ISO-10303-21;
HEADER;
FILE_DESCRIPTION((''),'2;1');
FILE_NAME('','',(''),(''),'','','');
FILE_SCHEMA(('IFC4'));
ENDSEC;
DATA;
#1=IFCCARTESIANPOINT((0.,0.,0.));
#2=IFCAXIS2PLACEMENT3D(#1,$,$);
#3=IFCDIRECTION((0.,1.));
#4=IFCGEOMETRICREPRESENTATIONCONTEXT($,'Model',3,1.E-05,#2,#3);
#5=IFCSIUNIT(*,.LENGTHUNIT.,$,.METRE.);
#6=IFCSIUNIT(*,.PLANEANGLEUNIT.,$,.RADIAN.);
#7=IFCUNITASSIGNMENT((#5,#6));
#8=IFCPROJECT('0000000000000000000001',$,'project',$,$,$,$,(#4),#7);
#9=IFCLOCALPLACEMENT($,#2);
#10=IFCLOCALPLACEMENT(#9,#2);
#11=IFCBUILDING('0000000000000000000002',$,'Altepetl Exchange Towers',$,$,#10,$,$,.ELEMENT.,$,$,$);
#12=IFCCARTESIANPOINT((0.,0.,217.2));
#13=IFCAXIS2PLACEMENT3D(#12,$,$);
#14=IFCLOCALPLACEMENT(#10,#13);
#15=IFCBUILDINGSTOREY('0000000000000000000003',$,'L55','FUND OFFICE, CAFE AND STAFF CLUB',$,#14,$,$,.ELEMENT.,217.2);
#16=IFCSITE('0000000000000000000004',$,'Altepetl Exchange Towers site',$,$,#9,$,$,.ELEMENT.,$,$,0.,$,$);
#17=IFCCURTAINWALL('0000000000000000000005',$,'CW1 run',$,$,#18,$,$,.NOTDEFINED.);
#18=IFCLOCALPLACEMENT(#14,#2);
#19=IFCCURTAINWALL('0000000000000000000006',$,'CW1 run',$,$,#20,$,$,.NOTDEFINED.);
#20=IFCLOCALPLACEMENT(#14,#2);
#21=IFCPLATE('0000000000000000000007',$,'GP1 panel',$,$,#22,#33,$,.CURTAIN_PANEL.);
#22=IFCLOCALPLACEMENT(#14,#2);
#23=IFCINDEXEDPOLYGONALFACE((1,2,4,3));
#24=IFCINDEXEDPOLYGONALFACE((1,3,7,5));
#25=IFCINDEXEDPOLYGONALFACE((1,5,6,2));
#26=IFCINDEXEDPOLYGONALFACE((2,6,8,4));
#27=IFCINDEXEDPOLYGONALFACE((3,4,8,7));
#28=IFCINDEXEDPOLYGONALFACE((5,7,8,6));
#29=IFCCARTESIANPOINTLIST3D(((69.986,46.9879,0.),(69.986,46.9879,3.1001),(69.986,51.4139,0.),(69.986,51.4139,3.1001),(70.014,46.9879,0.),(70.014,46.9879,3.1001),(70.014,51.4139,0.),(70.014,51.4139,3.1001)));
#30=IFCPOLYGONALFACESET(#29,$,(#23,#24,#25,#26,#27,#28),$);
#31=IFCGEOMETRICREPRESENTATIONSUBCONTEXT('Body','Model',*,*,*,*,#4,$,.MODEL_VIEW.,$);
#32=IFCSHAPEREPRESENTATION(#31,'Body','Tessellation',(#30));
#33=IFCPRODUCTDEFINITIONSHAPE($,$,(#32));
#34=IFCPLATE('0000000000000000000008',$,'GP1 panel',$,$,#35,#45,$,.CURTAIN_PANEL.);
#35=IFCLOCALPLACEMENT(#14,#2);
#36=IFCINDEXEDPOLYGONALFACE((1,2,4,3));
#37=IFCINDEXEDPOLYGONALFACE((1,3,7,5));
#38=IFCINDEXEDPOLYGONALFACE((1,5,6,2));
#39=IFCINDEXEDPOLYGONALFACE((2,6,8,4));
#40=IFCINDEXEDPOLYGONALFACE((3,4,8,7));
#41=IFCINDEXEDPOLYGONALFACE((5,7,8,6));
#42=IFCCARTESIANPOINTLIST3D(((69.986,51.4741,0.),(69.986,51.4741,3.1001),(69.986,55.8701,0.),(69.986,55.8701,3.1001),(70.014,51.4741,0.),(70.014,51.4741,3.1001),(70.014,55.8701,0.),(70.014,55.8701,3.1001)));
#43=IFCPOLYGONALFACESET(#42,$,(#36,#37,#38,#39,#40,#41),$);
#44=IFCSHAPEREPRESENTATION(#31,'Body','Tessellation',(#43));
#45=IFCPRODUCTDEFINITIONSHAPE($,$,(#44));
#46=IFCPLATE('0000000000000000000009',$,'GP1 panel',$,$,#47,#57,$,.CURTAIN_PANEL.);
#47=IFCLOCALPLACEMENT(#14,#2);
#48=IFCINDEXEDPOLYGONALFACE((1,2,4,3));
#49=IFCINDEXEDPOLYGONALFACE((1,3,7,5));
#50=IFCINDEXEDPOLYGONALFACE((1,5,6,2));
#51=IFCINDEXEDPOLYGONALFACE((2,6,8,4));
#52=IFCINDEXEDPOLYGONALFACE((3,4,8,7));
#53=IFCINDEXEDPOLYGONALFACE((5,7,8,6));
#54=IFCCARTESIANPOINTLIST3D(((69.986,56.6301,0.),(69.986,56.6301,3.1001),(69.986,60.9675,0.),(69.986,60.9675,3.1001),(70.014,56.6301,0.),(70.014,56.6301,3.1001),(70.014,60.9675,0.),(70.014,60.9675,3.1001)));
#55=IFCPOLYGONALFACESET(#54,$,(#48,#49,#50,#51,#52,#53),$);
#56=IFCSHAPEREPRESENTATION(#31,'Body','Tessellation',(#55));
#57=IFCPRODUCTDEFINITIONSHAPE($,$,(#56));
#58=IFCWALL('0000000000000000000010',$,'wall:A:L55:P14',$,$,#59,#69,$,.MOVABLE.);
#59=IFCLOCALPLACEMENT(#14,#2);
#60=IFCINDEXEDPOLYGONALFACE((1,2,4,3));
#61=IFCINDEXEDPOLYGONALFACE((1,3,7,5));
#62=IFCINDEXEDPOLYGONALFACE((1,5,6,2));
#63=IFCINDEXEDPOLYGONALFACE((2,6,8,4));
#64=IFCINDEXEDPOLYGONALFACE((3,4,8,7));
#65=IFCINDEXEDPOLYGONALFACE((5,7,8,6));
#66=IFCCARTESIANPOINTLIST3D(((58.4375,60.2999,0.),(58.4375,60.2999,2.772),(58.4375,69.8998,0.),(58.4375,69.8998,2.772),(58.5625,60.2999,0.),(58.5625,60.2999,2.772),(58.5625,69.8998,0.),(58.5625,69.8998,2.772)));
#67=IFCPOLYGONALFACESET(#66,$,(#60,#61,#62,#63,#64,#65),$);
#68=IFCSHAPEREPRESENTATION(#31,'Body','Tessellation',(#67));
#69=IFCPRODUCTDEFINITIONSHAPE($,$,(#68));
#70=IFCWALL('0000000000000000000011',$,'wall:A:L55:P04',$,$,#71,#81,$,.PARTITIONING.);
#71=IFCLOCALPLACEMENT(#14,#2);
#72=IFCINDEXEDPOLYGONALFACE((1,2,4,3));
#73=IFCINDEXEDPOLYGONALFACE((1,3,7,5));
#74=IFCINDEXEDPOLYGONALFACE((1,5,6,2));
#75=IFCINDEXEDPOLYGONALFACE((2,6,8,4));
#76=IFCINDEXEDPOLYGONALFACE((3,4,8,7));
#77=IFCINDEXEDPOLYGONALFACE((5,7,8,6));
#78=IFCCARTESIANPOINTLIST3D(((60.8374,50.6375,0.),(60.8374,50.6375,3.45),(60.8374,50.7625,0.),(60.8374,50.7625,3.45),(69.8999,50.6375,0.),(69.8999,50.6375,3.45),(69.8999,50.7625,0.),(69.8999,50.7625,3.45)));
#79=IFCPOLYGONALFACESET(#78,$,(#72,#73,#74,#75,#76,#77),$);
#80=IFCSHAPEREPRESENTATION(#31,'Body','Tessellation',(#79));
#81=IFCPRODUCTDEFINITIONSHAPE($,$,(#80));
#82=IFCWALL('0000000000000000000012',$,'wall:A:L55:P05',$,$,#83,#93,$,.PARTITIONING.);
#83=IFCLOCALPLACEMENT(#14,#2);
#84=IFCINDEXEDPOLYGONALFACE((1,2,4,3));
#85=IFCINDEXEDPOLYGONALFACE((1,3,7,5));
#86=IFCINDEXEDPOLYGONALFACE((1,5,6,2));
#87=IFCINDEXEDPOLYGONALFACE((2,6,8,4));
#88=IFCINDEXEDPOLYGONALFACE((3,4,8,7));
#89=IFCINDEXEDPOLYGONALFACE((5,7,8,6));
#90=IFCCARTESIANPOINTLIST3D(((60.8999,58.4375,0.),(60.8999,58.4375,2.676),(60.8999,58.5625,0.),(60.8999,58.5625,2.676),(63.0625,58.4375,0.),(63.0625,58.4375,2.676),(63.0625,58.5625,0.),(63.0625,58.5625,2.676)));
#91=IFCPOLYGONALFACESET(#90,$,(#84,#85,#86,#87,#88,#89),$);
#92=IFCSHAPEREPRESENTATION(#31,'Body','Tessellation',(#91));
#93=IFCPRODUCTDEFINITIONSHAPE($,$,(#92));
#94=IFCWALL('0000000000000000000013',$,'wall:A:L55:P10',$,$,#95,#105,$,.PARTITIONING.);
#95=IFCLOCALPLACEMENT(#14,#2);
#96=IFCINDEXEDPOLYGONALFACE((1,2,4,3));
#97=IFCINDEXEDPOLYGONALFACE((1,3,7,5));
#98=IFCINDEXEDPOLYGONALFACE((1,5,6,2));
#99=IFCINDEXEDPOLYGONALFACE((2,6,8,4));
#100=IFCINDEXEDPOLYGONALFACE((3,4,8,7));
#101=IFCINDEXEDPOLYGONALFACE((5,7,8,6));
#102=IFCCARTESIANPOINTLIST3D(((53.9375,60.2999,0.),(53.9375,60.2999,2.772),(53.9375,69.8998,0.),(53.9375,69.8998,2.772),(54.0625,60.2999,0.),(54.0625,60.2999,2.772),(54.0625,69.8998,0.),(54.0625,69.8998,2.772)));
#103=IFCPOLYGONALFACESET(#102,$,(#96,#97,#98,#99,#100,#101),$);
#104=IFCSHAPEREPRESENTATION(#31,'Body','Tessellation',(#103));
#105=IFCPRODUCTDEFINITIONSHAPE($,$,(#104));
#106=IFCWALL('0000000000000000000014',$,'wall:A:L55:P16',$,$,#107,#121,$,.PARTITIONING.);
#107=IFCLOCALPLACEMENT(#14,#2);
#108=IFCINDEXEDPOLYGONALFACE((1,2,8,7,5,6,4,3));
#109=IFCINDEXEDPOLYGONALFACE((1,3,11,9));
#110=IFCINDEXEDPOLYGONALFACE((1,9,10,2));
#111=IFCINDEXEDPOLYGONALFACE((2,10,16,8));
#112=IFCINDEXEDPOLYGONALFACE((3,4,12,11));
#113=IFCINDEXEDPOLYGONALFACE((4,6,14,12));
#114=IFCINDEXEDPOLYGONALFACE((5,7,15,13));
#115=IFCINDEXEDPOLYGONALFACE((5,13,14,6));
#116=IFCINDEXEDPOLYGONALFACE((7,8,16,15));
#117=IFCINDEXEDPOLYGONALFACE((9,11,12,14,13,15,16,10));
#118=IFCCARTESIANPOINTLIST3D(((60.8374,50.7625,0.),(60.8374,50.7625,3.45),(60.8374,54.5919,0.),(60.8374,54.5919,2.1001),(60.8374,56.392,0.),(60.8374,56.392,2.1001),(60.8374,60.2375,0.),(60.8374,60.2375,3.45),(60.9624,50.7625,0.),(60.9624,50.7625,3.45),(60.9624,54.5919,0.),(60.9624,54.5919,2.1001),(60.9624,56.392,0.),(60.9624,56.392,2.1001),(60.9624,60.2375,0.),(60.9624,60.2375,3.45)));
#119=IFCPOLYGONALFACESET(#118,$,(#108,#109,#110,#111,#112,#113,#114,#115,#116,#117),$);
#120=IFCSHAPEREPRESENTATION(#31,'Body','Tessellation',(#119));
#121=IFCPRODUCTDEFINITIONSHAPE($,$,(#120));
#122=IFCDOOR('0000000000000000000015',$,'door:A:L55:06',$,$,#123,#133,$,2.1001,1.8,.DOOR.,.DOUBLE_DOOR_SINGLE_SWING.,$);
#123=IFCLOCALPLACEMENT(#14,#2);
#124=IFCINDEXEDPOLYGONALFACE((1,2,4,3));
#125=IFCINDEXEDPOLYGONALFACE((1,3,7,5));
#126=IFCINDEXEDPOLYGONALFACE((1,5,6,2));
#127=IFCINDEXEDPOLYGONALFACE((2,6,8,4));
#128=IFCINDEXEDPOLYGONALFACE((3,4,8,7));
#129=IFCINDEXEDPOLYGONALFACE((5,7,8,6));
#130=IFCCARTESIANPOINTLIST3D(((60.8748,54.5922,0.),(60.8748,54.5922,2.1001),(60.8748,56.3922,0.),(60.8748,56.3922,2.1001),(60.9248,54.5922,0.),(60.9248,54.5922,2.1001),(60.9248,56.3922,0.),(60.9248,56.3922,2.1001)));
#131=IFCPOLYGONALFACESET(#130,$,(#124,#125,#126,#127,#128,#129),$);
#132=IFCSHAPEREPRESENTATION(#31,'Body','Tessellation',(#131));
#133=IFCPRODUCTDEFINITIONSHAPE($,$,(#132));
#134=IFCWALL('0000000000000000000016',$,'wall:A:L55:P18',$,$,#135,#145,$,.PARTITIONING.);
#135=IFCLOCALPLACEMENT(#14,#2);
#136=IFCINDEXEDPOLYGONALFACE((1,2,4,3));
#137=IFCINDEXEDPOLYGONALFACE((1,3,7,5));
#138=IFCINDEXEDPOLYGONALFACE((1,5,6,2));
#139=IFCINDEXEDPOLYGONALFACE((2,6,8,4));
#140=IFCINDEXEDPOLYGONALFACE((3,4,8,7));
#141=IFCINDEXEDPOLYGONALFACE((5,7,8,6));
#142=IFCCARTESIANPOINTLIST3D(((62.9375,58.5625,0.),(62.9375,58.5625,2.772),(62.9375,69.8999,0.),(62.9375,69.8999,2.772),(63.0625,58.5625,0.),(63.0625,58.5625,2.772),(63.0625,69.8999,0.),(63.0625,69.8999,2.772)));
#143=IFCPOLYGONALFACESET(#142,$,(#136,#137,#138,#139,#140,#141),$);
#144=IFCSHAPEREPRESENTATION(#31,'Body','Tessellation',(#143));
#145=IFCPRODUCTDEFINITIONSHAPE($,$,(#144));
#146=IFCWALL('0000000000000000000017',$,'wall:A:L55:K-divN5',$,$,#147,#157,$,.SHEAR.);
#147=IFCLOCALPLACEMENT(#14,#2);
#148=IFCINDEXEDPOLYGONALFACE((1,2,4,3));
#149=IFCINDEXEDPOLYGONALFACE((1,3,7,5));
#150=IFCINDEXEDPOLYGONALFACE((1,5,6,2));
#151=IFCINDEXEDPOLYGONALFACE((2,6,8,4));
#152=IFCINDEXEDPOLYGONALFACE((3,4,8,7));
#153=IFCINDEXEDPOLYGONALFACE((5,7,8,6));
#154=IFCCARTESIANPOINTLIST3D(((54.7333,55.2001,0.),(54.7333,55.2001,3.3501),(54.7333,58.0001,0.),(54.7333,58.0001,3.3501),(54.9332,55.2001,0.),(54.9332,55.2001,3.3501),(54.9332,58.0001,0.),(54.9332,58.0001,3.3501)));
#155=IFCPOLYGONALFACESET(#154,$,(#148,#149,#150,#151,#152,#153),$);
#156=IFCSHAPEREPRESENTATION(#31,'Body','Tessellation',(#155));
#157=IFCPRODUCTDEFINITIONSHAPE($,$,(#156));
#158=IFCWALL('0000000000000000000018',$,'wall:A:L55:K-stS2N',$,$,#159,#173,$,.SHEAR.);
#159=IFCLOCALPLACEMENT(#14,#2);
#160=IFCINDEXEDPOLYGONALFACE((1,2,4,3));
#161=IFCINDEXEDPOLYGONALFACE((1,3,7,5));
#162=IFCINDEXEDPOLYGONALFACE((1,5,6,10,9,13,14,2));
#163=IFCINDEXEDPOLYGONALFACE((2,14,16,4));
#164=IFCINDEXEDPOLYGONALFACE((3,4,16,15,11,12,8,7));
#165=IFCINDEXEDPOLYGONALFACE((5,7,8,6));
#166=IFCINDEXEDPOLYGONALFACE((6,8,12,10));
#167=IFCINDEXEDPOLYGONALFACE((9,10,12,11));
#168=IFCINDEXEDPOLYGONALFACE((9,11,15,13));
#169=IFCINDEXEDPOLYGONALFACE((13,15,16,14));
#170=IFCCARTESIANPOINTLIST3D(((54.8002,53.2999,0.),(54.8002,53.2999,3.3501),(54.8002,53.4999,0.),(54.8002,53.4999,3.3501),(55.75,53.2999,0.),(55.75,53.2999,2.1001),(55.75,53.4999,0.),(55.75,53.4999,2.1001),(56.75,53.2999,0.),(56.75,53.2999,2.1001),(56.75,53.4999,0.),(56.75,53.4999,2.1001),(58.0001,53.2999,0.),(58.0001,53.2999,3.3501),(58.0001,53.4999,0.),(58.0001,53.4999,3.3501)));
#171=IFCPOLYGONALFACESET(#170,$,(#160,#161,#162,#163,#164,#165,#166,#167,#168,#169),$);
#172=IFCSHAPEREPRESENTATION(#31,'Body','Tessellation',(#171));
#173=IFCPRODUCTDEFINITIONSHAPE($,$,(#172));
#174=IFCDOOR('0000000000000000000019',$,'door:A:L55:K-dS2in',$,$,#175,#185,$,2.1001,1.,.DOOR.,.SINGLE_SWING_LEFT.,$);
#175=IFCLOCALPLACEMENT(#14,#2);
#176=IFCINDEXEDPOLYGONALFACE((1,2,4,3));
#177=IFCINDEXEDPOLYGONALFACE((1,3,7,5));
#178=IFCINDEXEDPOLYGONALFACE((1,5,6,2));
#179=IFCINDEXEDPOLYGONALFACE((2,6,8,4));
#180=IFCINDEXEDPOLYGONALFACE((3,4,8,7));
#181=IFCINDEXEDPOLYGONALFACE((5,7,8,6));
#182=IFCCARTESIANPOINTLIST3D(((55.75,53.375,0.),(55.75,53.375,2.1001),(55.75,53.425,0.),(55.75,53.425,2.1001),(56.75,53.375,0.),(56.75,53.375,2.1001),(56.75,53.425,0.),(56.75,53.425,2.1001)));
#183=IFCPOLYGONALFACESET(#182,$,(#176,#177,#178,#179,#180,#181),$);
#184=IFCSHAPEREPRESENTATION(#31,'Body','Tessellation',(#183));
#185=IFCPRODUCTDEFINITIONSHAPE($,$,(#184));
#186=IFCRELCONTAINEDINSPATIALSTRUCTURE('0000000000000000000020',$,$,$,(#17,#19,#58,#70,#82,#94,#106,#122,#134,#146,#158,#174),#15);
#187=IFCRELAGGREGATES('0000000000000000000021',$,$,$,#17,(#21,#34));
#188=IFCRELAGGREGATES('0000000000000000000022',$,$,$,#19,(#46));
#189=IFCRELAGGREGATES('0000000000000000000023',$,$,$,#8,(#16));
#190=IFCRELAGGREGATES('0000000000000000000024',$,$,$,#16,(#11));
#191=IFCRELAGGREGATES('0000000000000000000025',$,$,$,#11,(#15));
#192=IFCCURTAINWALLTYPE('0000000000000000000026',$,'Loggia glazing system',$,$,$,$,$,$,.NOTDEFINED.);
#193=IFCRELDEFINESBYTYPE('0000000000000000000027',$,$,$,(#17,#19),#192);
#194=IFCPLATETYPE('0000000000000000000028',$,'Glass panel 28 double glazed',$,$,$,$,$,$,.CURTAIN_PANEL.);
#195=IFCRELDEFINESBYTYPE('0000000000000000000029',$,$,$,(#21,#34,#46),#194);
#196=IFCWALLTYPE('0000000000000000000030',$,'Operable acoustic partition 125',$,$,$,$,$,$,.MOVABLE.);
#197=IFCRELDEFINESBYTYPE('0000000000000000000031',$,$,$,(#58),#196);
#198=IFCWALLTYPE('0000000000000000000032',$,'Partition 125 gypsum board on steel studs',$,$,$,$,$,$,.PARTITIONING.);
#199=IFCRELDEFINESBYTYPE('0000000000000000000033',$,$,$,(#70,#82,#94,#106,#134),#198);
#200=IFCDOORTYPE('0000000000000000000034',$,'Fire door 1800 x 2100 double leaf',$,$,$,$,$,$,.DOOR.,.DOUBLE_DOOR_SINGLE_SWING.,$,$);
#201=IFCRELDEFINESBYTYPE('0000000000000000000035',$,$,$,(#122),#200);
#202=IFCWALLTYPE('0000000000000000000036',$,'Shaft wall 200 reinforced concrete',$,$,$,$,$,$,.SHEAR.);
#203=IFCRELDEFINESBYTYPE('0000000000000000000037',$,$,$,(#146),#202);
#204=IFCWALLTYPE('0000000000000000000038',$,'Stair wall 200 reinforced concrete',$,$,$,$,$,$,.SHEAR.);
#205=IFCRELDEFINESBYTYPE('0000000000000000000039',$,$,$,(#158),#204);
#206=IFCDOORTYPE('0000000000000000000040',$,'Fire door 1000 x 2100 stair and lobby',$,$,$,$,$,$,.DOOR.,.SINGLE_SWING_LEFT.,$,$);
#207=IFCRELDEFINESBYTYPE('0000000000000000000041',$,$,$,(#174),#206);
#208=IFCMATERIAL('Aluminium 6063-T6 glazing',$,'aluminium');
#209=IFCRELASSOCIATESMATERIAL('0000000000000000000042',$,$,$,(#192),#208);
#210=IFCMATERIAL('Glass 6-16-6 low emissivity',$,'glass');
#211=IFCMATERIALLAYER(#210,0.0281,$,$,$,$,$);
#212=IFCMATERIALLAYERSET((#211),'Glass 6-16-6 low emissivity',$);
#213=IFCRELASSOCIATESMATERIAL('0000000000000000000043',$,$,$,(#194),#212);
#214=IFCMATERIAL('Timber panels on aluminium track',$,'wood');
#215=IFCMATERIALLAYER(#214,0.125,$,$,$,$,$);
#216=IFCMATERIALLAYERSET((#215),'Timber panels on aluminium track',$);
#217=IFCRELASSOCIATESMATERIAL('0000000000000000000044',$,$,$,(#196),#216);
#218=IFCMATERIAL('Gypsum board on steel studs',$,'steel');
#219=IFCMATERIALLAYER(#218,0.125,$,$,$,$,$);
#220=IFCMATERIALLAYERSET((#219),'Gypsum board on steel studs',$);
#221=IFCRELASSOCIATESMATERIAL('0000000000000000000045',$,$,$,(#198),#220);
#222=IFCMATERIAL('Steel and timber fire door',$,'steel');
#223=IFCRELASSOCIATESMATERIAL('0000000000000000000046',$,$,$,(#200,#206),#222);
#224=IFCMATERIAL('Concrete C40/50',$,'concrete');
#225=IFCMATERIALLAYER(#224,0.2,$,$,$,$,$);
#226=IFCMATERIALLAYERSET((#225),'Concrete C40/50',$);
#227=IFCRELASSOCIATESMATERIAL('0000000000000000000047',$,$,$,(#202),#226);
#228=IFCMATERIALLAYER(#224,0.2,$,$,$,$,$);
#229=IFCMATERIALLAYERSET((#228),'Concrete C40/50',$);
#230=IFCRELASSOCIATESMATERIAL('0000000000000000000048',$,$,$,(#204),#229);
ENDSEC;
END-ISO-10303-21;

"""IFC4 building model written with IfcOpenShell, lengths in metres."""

from ifc_helpers import new_model, si_unit, direction, frame, frame_2d, origin, origin_2d, place, context, subcontext, project, spatial, rectangle, extrude, material, layer, layer_set, type_object, element, fill, aggregate, save


model = new_model("IFC4")

# Units and contexts
model_context = context("Model", 3, precision=1e-05, world=origin(), true_north=direction((0.0, 1.0)))
body_context = subcontext(model_context, "Body", "Model", "MODEL_VIEW")
ifc_project = project(units=[si_unit("LENGTHUNIT", "METRE"), si_unit("PLANEANGLEUNIT", "RADIAN")], contexts=[model_context])

# Site, building, storey
site_placement = place(None, origin())
site = spatial("IfcSite", under=ifc_project, at=site_placement, Name="Altepetl Exchange Towers site", CompositionType="ELEMENT", RefElevation=0.0)
building_placement = place(site_placement, origin())
building = spatial("IfcBuilding", under=site, at=building_placement, Name="Altepetl Exchange Towers", CompositionType="ELEMENT")
storey_placement = place(building_placement, frame((0.0, 0.0, 217.2)))
storey = spatial("IfcBuildingStorey", under=building, at=storey_placement, Name="L55", Description="FUND OFFICE, CAFE AND STAFF CLUB", CompositionType="ELEMENT", Elevation=217.2)

# Curtain wall
ifc_material_1 = material(Name="Aluminium 6063-T6 glazing", Category="aluminium")
curtain_wall_type = type_object("IfcCurtainWallType", Name="Loggia glazing system", PredefinedType="NOTDEFINED", material=ifc_material_1)
curtain_wall_1_placement = place(storey_placement, origin())
curtain_wall_1 = element("IfcCurtainWall", 1, at=curtain_wall_1_placement, inside=storey, type_object=curtain_wall_type, Name="CW1 run", PredefinedType="NOTDEFINED")

# Curtain wall
curtain_wall_2_placement = place(storey_placement, origin())
curtain_wall_2 = element("IfcCurtainWall", 2, at=curtain_wall_2_placement, inside=storey, type_object=curtain_wall_type, Name="CW1 run", PredefinedType="NOTDEFINED")

# Plates
ifc_material_2 = material(Name="Glass 6-16-6 low emissivity", Category="glass")
ifc_layer_1 = layer(ifc_material_2, 0.0281)
ifc_layer_set_1 = layer_set([ifc_layer_1], Name="Glass 6-16-6 low emissivity")
plate_type = type_object("IfcPlateType", Name="Glass panel 28 double glazed", PredefinedType="CURTAIN_PANEL", material=ifc_layer_set_1)
plate_1_placement = place(storey_placement, frame((70.0, 49.2009, 0.0), z_axis=(0.0, 0.0, 1.0), x_axis=(0.0, 1.0, 0.0)))
plate_1 = element("IfcPlate", 3, at=plate_1_placement, type_object=plate_type, Name="GP1 panel", PredefinedType="CURTAIN_PANEL", context=body_context, shape_type="SweptSolid", body=[
    extrude(rectangle(XDim=4.426, YDim=0.0281, at=origin_2d()), origin(), (0.0, 0.0, 1.0), 3.1001),
])
plate_2_placement = place(storey_placement, frame((70.0, 53.6721, 0.0), z_axis=(0.0, 0.0, 1.0), x_axis=(0.0, 1.0, 0.0)))
plate_2 = element("IfcPlate", 4, at=plate_2_placement, type_object=plate_type, Name="GP1 panel", PredefinedType="CURTAIN_PANEL", context=body_context, shape_type="SweptSolid", body=[
    extrude(rectangle(XDim=4.396, YDim=0.0281, at=origin_2d()), origin(), (0.0, 0.0, 1.0), 3.1001),
])
aggregate(curtain_wall_1, [plate_1, plate_2])
plate_3_placement = place(storey_placement, frame((70.0, 58.7988, 0.0), z_axis=(0.0, 0.0, 1.0), x_axis=(0.0, 1.0, 0.0)))
plate_3 = element("IfcPlate", 5, at=plate_3_placement, type_object=plate_type, Name="GP1 panel", PredefinedType="CURTAIN_PANEL", context=body_context, shape_type="SweptSolid", body=[
    extrude(rectangle(XDim=4.3374, YDim=0.0281, at=origin_2d()), origin(), (0.0, 0.0, 1.0), 3.1001),
])
aggregate(curtain_wall_2, [plate_3])

# Walls
ifc_material_3 = material(Name="Timber panels on aluminium track", Category="wood")
ifc_layer_2 = layer(ifc_material_3, 0.125)
ifc_layer_set_2 = layer_set([ifc_layer_2], Name="Timber panels on aluminium track")
wall_type_1 = type_object("IfcWallType", Name="Operable acoustic partition 125", PredefinedType="MOVABLE", material=ifc_layer_set_2)
wall_1_placement = place(storey_placement, frame((58.5, 60.3, 0.0), z_axis=(0.0, 0.0, 1.0), x_axis=(0.0, 1.0, 0.0)))
element("IfcWall", 6, at=wall_1_placement, inside=storey, type_object=wall_type_1, Name="wall:A:L55:P14", PredefinedType="MOVABLE", context=body_context, shape_type="SweptSolid", body=[
    extrude(rectangle(XDim=9.5999, YDim=0.125, at=frame_2d((4.7998, 0.0))), origin(), (0.0, 0.0, 1.0), 2.772),
])
ifc_material_4 = material(Name="Gypsum board on steel studs", Category="steel")
ifc_layer_3 = layer(ifc_material_4, 0.125)
ifc_layer_set_3 = layer_set([ifc_layer_3], Name="Gypsum board on steel studs")
wall_type_2 = type_object("IfcWallType", Name="Partition 125 gypsum board on steel studs", PredefinedType="PARTITIONING", material=ifc_layer_set_3)
wall_2_placement = place(storey_placement, frame((60.8374, 50.7, 0.0)))
element("IfcWall", 7, at=wall_2_placement, inside=storey, type_object=wall_type_2, Name="wall:A:L55:P04", PredefinedType="PARTITIONING", context=body_context, shape_type="SweptSolid", body=[
    extrude(rectangle(XDim=9.0625, YDim=0.125, at=frame_2d((4.5312, 0.0))), origin(), (0.0, 0.0, 1.0), 3.45),
])
wall_3_placement = place(storey_placement, frame((60.8999, 58.5, 0.0)))
element("IfcWall", 8, at=wall_3_placement, inside=storey, type_object=wall_type_2, Name="wall:A:L55:P05", PredefinedType="PARTITIONING", context=body_context, shape_type="SweptSolid", body=[
    extrude(rectangle(XDim=2.1626, YDim=0.125, at=frame_2d((1.0813, 0.0))), origin(), (0.0, 0.0, 1.0), 2.676),
])
wall_4_placement = place(storey_placement, frame((54.0, 60.3, 0.0), z_axis=(0.0, 0.0, 1.0), x_axis=(0.0, 1.0, 0.0)))
element("IfcWall", 9, at=wall_4_placement, inside=storey, type_object=wall_type_2, Name="wall:A:L55:P10", PredefinedType="PARTITIONING", context=body_context, shape_type="SweptSolid", body=[
    extrude(rectangle(XDim=9.5999, YDim=0.125, at=frame_2d((4.7998, 0.0))), origin(), (0.0, 0.0, 1.0), 2.772),
])

# Wall, opening, door
wall_5_placement = place(storey_placement, frame((60.8999, 50.7625, 0.0), z_axis=(0.0, 0.0, 1.0), x_axis=(0.0, 1.0, 0.0)))
wall_5 = element("IfcWall", 10, at=wall_5_placement, inside=storey, type_object=wall_type_2, Name="wall:A:L55:P16", PredefinedType="PARTITIONING", context=body_context, shape_type="SweptSolid", body=[
    extrude(rectangle(XDim=9.4751, YDim=0.125, at=frame_2d((4.7375, 0.0))), origin(), (0.0, 0.0, 1.0), 3.45),
])
opening_1_placement = place(wall_5_placement, frame((3.8296, 0.0, 0.0)))
opening_1 = element("IfcOpeningElement", 11, at=opening_1_placement, cuts=wall_5, PredefinedType="OPENING", context=body_context, shape_type="SweptSolid", body=[
    extrude(rectangle(XDim=1.8, YDim=2.1001, at=frame_2d((0.8999, 1.05))), frame((0.0, 0.0725, 0.0), z_axis=(0.0, -1.0, 0.0), x_axis=(1.0, 0.0, 0.0)), (0.0, 0.0, 1.0), 0.145),
])
ifc_material_5 = material(Name="Steel and timber fire door", Category="steel")
door_type_1 = type_object("IfcDoorType", Name="Fire door 1800 x 2100 double leaf", OperationType="DOUBLE_DOOR_SINGLE_SWING", PredefinedType="DOOR", material=ifc_material_5)
door_1_placement = place(opening_1_placement, frame((1.8, 0.0, 0.0), x_axis=(-1.0, 0.0, 0.0)))
door_1 = element("IfcDoor", 12, at=door_1_placement, inside=storey, type_object=door_type_1, Name="door:A:L55:06", OperationType="DOUBLE_DOOR_SINGLE_SWING", OverallHeight=2.1001, OverallWidth=1.8, PredefinedType="DOOR", context=body_context, shape_type="SweptSolid", body=[
    extrude(rectangle(XDim=1.8, YDim=2.1001, at=frame_2d((0.8999, 1.05))), frame((0.0, 0.0249, 0.0), z_axis=(0.0, -1.0, 0.0), x_axis=(1.0, 0.0, 0.0)), (0.0, 0.0, 1.0), 0.05),
])
fill(opening_1, door_1)

# Walls
wall_6_placement = place(storey_placement, frame((63.0, 58.5625, 0.0), z_axis=(0.0, 0.0, 1.0), x_axis=(0.0, 1.0, 0.0)))
element("IfcWall", 13, at=wall_6_placement, inside=storey, type_object=wall_type_2, Name="wall:A:L55:P18", PredefinedType="PARTITIONING", context=body_context, shape_type="SweptSolid", body=[
    extrude(rectangle(XDim=11.3374, YDim=0.125, at=frame_2d((5.6687, 0.0))), origin(), (0.0, 0.0, 1.0), 2.772),
])
ifc_material_6 = material(Name="Concrete C40/50", Category="concrete")
ifc_layer_4 = layer(ifc_material_6, 0.2)
ifc_layer_set_4 = layer_set([ifc_layer_4], Name="Concrete C40/50")
wall_type_3 = type_object("IfcWallType", Name="Shaft wall 200 reinforced concrete", PredefinedType="SHEAR", material=ifc_layer_set_4)
wall_7_placement = place(storey_placement, frame((54.8333, 58.0, 0.0), z_axis=(0.0, 0.0, 1.0), x_axis=(0.0, -1.0, 0.0)))
element("IfcWall", 14, at=wall_7_placement, inside=storey, type_object=wall_type_3, Name="wall:A:L55:K-divN5", PredefinedType="SHEAR", context=body_context, shape_type="SweptSolid", body=[
    extrude(rectangle(XDim=2.8, YDim=0.2, at=frame_2d((1.3999, 0.0))), origin(), (0.0, 0.0, 1.0), 3.3501),
])

# Wall, opening, door
ifc_layer_5 = layer(ifc_material_6, 0.2)
ifc_layer_set_5 = layer_set([ifc_layer_5], Name="Concrete C40/50")
wall_type_4 = type_object("IfcWallType", Name="Stair wall 200 reinforced concrete", PredefinedType="SHEAR", material=ifc_layer_set_5)
wall_8_placement = place(storey_placement, frame((54.8, 53.3999, 0.0)))
wall_8 = element("IfcWall", 15, at=wall_8_placement, inside=storey, type_object=wall_type_4, Name="wall:A:L55:K-stS2N", PredefinedType="SHEAR", context=body_context, shape_type="SweptSolid", body=[
    extrude(rectangle(XDim=3.2, YDim=0.2, at=frame_2d((1.6001, 0.0))), origin(), (0.0, 0.0, 1.0), 3.3501),
])
opening_2_placement = place(wall_8_placement, frame((0.95, 0.0, 0.0)))
opening_2 = element("IfcOpeningElement", 16, at=opening_2_placement, cuts=wall_8, PredefinedType="OPENING", context=body_context, shape_type="SweptSolid", body=[
    extrude(rectangle(XDim=1.0, YDim=2.1001, at=frame_2d((0.5, 1.05))), frame((0.0, 0.1099, 0.0), z_axis=(0.0, -1.0, 0.0), x_axis=(1.0, 0.0, 0.0)), (0.0, 0.0, 1.0), 0.22),
])
door_type_2 = type_object("IfcDoorType", Name="Fire door 1000 x 2100 stair and lobby", OperationType="SINGLE_SWING_LEFT", PredefinedType="DOOR", material=ifc_material_5)
door_2_placement = place(opening_2_placement, frame((1.0, 0.0, 0.0), x_axis=(-1.0, 0.0, 0.0)))
door_2 = element("IfcDoor", 17, at=door_2_placement, inside=storey, type_object=door_type_2, Name="door:A:L55:K-dS2in", OperationType="SINGLE_SWING_LEFT", OverallHeight=2.1001, OverallWidth=1.0, PredefinedType="DOOR", context=body_context, shape_type="SweptSolid", body=[
    extrude(rectangle(XDim=1.0, YDim=2.1001, at=frame_2d((0.5, 1.05))), frame((0.0, 0.0249, 0.0), z_axis=(0.0, -1.0, 0.0), x_axis=(1.0, 0.0, 0.0)), (0.0, 0.0, 1.0), 0.05),
])
fill(opening_2, door_2)

save(model, "model.ifc")
